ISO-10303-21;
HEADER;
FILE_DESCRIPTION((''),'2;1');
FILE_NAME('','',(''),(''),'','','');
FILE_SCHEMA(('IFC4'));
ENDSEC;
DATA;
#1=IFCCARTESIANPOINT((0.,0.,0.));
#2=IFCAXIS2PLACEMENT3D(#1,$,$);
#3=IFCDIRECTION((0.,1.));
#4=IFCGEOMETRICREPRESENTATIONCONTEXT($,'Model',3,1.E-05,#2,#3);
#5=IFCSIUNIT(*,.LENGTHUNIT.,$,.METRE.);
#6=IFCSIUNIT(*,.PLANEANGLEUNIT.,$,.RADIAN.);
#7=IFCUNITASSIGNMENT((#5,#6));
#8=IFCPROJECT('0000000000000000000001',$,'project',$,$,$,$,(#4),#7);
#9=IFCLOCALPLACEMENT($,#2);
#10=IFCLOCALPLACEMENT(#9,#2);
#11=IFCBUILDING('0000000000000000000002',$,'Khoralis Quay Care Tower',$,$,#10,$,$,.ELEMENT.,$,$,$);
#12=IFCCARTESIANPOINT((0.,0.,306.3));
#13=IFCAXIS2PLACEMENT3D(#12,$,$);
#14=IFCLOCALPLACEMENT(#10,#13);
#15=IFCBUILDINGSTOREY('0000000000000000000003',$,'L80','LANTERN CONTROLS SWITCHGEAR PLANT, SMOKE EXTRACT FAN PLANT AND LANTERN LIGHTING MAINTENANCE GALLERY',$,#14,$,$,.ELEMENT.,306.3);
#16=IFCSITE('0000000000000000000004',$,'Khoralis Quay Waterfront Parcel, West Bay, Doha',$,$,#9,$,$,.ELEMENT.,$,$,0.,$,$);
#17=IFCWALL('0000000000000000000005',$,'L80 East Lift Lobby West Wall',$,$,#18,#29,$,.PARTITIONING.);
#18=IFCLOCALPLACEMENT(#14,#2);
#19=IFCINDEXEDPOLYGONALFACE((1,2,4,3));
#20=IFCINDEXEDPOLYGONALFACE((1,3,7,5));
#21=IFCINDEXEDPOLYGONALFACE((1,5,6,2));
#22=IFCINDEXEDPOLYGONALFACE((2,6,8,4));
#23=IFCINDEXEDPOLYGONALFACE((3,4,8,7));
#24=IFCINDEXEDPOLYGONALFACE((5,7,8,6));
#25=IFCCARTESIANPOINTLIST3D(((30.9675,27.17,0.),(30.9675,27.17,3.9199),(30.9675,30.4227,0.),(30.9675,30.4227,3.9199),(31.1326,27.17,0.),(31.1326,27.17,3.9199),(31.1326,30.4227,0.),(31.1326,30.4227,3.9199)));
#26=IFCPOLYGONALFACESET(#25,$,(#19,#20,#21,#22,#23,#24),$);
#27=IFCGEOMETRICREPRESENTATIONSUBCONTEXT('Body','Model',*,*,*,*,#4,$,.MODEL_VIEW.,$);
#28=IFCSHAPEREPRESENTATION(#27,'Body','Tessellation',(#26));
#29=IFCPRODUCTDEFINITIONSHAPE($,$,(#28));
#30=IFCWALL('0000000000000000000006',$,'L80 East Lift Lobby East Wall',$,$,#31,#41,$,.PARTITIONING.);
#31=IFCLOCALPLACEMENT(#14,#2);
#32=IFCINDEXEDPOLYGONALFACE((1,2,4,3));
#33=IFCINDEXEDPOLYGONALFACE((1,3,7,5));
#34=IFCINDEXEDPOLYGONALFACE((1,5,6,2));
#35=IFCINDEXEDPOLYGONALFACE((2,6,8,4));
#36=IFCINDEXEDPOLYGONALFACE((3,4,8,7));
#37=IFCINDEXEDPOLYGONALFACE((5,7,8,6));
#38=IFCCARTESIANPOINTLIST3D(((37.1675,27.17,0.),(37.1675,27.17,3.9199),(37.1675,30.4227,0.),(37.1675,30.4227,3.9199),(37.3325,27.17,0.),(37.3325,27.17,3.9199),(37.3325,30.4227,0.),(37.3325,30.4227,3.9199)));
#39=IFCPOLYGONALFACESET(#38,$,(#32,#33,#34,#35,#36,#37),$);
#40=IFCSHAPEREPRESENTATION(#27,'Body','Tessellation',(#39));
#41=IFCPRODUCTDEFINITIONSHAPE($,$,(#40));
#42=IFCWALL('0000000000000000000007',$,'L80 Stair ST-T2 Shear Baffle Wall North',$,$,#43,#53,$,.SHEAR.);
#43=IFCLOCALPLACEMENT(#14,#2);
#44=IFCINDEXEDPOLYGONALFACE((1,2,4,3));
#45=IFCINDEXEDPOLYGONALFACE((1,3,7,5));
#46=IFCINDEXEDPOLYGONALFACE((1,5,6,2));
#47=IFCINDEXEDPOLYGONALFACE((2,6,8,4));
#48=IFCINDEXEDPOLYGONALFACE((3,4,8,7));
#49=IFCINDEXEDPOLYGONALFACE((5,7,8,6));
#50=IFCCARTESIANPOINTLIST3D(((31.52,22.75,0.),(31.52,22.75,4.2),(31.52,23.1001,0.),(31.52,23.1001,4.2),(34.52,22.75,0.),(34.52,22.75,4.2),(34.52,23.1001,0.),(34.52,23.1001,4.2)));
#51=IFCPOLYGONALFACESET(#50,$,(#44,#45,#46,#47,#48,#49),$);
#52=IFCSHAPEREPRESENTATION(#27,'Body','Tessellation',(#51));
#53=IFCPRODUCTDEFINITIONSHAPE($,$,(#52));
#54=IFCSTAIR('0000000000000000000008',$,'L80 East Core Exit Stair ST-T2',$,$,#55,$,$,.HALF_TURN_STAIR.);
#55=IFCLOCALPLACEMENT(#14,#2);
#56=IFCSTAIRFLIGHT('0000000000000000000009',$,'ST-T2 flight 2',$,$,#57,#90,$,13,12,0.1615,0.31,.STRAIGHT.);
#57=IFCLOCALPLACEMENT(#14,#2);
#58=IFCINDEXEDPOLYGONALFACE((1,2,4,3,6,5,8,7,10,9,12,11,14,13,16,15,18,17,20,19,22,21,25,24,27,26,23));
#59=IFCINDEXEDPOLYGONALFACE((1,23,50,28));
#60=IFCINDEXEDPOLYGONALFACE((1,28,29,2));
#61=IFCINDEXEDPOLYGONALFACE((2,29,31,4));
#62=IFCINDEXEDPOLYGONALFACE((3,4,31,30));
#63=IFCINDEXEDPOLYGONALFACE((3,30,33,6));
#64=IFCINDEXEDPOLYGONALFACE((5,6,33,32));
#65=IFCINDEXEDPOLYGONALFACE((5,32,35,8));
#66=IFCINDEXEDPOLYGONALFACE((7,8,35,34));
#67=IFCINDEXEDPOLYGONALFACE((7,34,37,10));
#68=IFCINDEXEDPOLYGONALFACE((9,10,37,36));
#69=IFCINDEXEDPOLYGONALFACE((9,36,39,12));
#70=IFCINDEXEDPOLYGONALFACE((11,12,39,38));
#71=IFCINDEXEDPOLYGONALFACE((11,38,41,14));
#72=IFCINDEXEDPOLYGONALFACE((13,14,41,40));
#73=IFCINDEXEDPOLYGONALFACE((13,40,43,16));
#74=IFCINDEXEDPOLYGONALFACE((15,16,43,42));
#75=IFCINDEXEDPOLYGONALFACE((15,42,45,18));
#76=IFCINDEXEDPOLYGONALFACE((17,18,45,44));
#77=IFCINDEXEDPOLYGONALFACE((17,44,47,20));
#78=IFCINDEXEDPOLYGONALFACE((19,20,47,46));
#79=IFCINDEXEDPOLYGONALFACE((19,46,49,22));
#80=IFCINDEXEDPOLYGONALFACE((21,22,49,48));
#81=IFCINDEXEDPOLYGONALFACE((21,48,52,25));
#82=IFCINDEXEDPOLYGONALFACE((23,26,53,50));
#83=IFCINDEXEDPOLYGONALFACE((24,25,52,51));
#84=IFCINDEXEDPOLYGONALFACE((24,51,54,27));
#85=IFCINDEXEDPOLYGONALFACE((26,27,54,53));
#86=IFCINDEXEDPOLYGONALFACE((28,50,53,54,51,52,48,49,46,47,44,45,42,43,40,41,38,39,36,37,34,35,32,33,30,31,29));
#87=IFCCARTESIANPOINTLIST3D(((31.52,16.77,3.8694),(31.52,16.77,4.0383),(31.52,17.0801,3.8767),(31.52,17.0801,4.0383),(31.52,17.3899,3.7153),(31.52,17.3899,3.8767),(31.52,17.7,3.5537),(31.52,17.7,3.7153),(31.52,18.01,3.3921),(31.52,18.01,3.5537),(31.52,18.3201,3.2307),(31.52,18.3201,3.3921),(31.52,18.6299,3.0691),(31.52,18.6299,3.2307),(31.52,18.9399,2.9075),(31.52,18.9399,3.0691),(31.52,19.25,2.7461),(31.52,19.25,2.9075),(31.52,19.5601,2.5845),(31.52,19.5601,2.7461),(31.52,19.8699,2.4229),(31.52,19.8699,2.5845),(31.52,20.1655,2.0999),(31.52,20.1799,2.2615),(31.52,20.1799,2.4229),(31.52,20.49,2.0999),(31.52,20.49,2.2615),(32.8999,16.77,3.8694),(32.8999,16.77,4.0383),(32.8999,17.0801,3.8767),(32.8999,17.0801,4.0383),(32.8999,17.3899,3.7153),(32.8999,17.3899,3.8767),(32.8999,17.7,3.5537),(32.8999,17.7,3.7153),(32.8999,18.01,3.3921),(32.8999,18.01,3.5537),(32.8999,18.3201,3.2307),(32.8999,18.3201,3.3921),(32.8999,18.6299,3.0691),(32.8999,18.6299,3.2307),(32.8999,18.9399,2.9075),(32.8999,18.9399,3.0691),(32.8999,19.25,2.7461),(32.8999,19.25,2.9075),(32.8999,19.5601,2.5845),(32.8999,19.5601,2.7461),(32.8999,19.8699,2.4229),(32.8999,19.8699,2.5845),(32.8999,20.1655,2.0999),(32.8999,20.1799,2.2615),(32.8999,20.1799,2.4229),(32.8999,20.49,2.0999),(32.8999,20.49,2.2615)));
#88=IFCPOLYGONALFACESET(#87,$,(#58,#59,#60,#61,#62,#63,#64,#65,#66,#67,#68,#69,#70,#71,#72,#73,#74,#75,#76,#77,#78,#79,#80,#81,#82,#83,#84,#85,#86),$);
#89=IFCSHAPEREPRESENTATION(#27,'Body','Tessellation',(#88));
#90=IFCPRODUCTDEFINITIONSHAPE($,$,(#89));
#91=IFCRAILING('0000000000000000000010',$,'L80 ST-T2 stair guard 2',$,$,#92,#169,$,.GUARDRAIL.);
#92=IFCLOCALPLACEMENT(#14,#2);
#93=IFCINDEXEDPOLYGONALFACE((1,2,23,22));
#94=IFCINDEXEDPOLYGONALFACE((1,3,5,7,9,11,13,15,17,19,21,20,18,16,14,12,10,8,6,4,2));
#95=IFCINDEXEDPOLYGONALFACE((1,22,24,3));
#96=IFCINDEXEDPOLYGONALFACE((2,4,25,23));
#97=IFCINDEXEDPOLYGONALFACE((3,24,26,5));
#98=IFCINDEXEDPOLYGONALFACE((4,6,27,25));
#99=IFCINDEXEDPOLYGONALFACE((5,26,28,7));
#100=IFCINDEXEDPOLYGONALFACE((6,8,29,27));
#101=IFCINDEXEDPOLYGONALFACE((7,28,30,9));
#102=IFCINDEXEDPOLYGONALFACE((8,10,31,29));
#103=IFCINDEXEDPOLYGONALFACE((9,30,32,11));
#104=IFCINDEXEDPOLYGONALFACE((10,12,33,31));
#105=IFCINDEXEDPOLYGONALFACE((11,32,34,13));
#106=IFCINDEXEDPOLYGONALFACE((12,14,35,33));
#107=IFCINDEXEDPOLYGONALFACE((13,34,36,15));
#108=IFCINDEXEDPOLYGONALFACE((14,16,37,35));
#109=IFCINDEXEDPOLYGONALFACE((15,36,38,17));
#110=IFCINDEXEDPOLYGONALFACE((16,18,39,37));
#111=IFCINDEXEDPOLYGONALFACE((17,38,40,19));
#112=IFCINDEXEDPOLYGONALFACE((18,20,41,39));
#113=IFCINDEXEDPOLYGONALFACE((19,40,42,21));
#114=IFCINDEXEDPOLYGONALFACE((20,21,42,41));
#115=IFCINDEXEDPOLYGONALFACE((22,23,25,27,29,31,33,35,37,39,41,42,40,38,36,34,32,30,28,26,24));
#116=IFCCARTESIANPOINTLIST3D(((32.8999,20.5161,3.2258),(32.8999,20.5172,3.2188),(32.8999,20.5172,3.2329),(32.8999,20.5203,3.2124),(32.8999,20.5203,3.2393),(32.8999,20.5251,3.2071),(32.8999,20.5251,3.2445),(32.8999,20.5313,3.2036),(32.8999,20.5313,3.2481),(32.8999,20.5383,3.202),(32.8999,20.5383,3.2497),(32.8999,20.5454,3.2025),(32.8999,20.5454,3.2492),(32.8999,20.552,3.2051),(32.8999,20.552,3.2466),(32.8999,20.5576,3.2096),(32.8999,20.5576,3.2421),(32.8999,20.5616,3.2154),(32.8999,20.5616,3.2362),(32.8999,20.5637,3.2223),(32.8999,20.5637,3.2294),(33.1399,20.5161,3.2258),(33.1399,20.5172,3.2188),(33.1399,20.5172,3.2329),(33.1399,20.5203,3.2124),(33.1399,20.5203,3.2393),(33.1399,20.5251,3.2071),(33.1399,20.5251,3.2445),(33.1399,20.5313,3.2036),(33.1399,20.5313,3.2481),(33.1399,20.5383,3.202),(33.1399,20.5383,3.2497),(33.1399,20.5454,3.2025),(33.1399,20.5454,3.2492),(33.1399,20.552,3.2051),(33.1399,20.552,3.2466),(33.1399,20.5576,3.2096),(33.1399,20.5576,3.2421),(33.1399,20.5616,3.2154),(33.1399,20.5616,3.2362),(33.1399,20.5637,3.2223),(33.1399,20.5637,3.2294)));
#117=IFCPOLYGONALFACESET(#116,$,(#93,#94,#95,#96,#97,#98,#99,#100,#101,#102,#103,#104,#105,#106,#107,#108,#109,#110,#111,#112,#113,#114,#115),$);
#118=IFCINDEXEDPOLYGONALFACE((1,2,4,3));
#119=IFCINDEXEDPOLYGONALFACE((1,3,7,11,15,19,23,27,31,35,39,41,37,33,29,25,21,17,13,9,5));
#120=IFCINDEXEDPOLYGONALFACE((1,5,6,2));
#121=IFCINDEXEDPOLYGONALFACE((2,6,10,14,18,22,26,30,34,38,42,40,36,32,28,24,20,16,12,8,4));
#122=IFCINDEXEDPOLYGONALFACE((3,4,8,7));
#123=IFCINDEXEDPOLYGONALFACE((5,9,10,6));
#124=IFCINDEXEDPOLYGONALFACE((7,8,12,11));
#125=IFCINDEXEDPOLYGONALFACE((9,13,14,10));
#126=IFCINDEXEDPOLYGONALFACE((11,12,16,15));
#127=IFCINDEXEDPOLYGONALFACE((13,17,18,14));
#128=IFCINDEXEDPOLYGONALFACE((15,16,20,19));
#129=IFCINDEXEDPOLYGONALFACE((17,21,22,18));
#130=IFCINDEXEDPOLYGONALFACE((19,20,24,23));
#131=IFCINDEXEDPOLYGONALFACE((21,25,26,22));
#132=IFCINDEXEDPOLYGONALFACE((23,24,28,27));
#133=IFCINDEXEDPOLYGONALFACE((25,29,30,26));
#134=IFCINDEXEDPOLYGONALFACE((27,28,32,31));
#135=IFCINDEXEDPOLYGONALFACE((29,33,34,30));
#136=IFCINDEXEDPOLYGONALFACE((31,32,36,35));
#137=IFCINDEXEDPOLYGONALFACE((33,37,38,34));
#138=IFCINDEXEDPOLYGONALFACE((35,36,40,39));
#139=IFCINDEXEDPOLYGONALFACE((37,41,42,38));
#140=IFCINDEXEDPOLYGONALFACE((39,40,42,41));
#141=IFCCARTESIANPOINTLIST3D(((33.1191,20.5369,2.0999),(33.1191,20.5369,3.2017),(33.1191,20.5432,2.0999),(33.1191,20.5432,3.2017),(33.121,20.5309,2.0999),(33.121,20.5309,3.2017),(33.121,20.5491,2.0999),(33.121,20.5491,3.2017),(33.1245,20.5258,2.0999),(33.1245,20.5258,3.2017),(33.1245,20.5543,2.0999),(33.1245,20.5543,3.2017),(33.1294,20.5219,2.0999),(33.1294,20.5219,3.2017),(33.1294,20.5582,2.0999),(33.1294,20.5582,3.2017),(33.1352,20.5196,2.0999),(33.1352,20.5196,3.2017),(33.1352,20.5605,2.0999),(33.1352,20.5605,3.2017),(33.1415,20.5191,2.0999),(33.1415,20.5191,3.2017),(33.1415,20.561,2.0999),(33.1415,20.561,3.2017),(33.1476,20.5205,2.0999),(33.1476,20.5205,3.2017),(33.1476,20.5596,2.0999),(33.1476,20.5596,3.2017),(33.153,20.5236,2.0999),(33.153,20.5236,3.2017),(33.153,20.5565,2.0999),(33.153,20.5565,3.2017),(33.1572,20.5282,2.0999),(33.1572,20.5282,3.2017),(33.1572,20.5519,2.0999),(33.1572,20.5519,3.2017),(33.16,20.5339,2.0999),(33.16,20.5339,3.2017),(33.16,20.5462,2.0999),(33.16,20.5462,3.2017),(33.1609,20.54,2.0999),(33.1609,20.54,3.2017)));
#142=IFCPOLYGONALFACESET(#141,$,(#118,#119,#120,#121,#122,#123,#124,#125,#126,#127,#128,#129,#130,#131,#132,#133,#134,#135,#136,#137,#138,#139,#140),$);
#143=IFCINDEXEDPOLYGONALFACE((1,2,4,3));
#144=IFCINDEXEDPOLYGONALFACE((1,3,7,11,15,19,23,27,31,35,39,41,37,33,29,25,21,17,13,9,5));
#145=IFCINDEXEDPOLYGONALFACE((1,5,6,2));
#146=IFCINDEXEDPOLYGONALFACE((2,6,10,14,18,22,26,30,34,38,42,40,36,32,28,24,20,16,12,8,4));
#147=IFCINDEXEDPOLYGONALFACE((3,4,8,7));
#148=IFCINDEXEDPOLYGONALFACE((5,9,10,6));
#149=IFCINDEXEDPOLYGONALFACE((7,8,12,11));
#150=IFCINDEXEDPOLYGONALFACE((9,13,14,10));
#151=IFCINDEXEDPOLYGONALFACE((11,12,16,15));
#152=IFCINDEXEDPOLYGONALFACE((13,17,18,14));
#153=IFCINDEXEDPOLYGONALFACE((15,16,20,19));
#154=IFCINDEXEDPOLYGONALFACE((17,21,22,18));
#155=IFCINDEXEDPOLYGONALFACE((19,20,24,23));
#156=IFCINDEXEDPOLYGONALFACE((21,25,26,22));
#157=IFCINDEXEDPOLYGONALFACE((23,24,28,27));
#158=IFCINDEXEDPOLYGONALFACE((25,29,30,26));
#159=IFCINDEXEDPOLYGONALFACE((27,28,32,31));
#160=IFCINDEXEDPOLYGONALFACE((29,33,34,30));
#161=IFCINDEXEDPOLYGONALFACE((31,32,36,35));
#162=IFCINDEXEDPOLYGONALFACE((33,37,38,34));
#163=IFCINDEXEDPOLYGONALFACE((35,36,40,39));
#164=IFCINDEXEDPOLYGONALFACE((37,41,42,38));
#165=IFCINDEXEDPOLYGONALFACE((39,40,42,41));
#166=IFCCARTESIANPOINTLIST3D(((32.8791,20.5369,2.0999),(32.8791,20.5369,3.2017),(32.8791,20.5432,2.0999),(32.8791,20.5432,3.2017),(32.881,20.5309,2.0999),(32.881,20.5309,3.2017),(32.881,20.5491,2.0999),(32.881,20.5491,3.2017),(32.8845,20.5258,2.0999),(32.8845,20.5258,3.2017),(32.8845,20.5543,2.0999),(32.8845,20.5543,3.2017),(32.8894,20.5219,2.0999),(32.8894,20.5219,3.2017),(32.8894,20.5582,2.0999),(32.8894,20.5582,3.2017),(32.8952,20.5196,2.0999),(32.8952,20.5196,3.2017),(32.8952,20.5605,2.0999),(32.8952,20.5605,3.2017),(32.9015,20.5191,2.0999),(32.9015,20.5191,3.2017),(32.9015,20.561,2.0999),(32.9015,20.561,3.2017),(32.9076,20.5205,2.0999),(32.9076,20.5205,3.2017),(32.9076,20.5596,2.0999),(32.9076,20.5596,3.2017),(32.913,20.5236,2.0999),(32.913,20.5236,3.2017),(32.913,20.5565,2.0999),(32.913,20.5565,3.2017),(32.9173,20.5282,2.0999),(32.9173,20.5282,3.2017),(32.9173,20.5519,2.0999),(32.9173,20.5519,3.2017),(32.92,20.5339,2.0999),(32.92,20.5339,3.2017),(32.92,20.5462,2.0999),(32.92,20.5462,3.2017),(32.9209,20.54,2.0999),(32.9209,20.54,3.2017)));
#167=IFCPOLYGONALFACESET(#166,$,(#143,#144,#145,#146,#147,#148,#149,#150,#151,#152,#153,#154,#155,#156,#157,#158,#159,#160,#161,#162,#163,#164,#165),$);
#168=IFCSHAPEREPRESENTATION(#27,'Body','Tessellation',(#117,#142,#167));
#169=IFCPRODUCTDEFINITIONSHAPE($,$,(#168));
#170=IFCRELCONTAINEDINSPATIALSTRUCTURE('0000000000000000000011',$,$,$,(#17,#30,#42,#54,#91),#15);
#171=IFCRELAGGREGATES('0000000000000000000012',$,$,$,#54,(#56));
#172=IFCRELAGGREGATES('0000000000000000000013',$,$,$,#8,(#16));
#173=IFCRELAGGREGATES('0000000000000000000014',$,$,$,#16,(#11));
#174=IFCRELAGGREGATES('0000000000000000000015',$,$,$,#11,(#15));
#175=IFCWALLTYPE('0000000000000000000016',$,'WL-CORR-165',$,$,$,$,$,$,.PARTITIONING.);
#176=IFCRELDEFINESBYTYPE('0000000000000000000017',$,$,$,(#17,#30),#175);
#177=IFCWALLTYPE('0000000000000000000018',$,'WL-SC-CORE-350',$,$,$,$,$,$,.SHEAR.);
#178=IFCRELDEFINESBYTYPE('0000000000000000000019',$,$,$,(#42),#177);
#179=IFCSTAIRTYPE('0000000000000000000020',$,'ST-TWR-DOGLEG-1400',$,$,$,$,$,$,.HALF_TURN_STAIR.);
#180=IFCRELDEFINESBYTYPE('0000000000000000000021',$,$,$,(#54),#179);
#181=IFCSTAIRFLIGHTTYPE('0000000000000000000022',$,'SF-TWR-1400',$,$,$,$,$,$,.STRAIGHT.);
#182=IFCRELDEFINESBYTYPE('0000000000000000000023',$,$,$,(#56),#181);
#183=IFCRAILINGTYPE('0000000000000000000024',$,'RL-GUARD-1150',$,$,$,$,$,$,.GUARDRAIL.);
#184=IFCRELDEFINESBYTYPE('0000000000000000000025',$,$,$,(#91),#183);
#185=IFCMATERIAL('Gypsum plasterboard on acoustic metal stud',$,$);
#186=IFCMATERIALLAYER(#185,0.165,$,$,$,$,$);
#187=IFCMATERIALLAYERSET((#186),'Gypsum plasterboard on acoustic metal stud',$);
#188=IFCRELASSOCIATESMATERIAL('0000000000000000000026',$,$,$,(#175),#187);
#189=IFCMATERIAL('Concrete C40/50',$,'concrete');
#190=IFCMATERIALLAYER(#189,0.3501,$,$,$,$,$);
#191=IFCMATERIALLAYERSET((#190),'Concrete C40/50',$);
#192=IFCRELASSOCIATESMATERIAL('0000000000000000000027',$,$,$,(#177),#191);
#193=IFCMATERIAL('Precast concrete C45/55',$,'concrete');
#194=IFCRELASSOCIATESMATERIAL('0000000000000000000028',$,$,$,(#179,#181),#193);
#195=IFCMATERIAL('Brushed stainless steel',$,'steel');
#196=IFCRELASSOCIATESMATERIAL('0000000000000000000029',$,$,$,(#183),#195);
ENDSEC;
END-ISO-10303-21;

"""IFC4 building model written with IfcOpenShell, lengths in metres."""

from ifc_helpers import new_model, si_unit, direction, frame, frame_2d, origin, origin_2d, place, context, subcontext, project, spatial, polyline, rectangle, circle, outline, extrude, source, transform, mapped, material, layer, layer_set, type_object, element, aggregate, save


model = new_model("IFC4")

# Units and contexts
model_context = context("Model", 3, precision=1e-05, world=origin(), true_north=direction((0.0, 1.0)))
body_context = subcontext(model_context, "Body", "Model", "MODEL_VIEW")
ifc_project = project(units=[si_unit("LENGTHUNIT", "METRE"), si_unit("PLANEANGLEUNIT", "RADIAN")], contexts=[model_context])

# Site, building, storey
site_placement = place(None, origin())
site = spatial("IfcSite", under=ifc_project, at=site_placement, Name="Khoralis Quay Waterfront Parcel, West Bay, Doha", CompositionType="ELEMENT", RefElevation=0.0)
building_placement = place(site_placement, origin())
building = spatial("IfcBuilding", under=site, at=building_placement, Name="Khoralis Quay Care Tower", CompositionType="ELEMENT")
storey_placement = place(building_placement, frame((0.0, 0.0, 306.3)))
storey = spatial("IfcBuildingStorey", under=building, at=storey_placement, Name="L80", Description="LANTERN CONTROLS SWITCHGEAR PLANT, SMOKE EXTRACT FAN PLANT AND LANTERN LIGHTING MAINTENANCE GALLERY", CompositionType="ELEMENT", Elevation=306.3)

# Shared definitions
ifc_material_1 = material(Name="Gypsum plasterboard on acoustic metal stud")

# Shared definitions
ifc_layer_1 = layer(ifc_material_1, 0.165)
ifc_layer_set_1 = layer_set([ifc_layer_1], Name="Gypsum plasterboard on acoustic metal stud")
wall_type_1 = type_object("IfcWallType", Name="WL-CORR-165", PredefinedType="PARTITIONING", material=ifc_layer_set_1)

# Walls
for number, where, z_axis, x_axis, name in (
    (1, (31.05, 27.1699, 0.0), (0.0, 0.0, 1.0), (0.0, 1.0, 0.0), "L80 East Lift Lobby West Wall"),
    (2, (37.25, 27.1699, 0.0), (0.0, 0.0, 1.0), (0.0, 1.0, 0.0), "L80 East Lift Lobby East Wall"),
):
    element("IfcWall", number, at=place(storey_placement, frame(where, z_axis=z_axis, x_axis=x_axis)), inside=storey, type_object=wall_type_1, Name=name, PredefinedType="PARTITIONING", context=body_context, shape_type="SweptSolid", body=[
        extrude(rectangle(XDim=3.2527, YDim=0.165, at=frame_2d((1.6265, 0.0))), origin(), (0.0, 0.0, 1.0), 3.9199),
    ])
ifc_material_2 = material(Name="Concrete C40/50", Category="concrete")
ifc_layer_2 = layer(ifc_material_2, 0.3501)
ifc_layer_set_2 = layer_set([ifc_layer_2], Name="Concrete C40/50")
wall_type_2 = type_object("IfcWallType", Name="WL-SC-CORE-350", PredefinedType="SHEAR", material=ifc_layer_set_2)
wall_1_placement = place(storey_placement, frame((31.52, 22.925, 0.0), z_axis=(0.0, 0.0, 1.0), x_axis=(1.0, 0.0, 0.0)))
element("IfcWall", 3, at=wall_1_placement, inside=storey, type_object=wall_type_2, Name="L80 Stair ST-T2 Shear Baffle Wall North", PredefinedType="SHEAR", context=body_context, shape_type="SweptSolid", body=[
    extrude(rectangle(XDim=3.0, YDim=0.3501, at=frame_2d((1.5, 0.0))), origin(), (0.0, 0.0, 1.0), 4.2),
])

# Stair, stair flight
ifc_material_3 = material(Name="Precast concrete C45/55", Category="concrete")
stair_type = type_object("IfcStairType", Name="ST-TWR-DOGLEG-1400", PredefinedType="HALF_TURN_STAIR", material=ifc_material_3)
stair_placement = place(storey_placement, origin())
stair = element("IfcStair", 4, at=stair_placement, inside=storey, type_object=stair_type, Name="L80 East Core Exit Stair ST-T2", PredefinedType="HALF_TURN_STAIR")
stair_flight_type = type_object("IfcStairFlightType", Name="SF-TWR-1400", PredefinedType="STRAIGHT", material=ifc_material_3)
shared_shape_1 = source(origin(), body_context, "Body", "SweptSolid", [
    extrude(outline(polyline([(0.0, 0.0), (0.0, 0.1616), (0.3101, 0.1616), (0.3101, 0.323), (0.6201, 0.323), (0.6201, 0.4846), (0.9299, 0.4846), (0.9299, 0.6462), (1.24, 0.6462), (1.24, 0.8076), (1.55, 0.8076), (1.55, 0.9692), (1.8601, 0.9692), (1.8601, 1.1309), (2.1699, 1.1309), (2.1699, 1.2922), (2.48, 1.2922), (2.48, 1.4539), (2.79, 1.4539), (2.79, 1.6155), (3.1001, 1.6155), (3.1001, 1.7769), (3.4099, 1.7769), (3.4099, 1.9385), (3.72, 1.9385), (3.72, 2.1001), (3.72, 1.7695), (0.3245, 0.0), (0.0, 0.0)])), frame((0.0, 0.6899, 0.0), z_axis=(0.0, -1.0, 0.0), x_axis=(1.0, 0.0, 0.0)), (0.0, 0.0, 1.0), 1.3799),
])
stair_flight_placement = place(storey_placement, frame((32.21, 20.49, 2.0999), z_axis=(0.0, 0.0, 1.0), x_axis=(0.0, -1.0, 0.0)))
stair_flight = element("IfcStairFlight", 5, at=stair_flight_placement, type_object=stair_flight_type, Name="ST-T2 flight 2", NumberOfRisers=13, NumberOfTreads=12, PredefinedType="STRAIGHT", RiserHeight=0.1615, TreadLength=0.31, context=body_context, shape_type="MappedRepresentation", body=[
    mapped(shared_shape_1, transform((0.0, 0.0, 0.0), scale=1.0)),
])
aggregate(stair, [stair_flight])

# Railing
ifc_material_4 = material(Name="Brushed stainless steel", Category="steel")
railing_type = type_object("IfcRailingType", Name="RL-GUARD-1150", PredefinedType="GUARDRAIL", material=ifc_material_4)
railing_1_placement = place(storey_placement, frame((33.1399, 20.54, 2.0999)))
element("IfcRailing", 6, at=railing_1_placement, inside=storey, type_object=railing_type, Name="L80 ST-T2 stair guard 2", PredefinedType="GUARDRAIL", context=body_context, shape_type="SweptSolid", body=[
    extrude(circle(Radius=0.0239, at=origin_2d()), frame((0.0, 0.0, 1.126), z_axis=(-1.0, 0.0, 0.0), x_axis=(0.0, -1.0, 0.0)), (0.0, 0.0, 1.0), 0.24),
    extrude(circle(Radius=0.021, at=origin_2d()), origin(), (0.0, 0.0, 1.0), 1.1018),
    extrude(circle(Radius=0.021, at=origin_2d()), frame((-0.24, 0.0, 0.0)), (0.0, 0.0, 1.0), 1.1018),
])

save(model, "model.ifc")
